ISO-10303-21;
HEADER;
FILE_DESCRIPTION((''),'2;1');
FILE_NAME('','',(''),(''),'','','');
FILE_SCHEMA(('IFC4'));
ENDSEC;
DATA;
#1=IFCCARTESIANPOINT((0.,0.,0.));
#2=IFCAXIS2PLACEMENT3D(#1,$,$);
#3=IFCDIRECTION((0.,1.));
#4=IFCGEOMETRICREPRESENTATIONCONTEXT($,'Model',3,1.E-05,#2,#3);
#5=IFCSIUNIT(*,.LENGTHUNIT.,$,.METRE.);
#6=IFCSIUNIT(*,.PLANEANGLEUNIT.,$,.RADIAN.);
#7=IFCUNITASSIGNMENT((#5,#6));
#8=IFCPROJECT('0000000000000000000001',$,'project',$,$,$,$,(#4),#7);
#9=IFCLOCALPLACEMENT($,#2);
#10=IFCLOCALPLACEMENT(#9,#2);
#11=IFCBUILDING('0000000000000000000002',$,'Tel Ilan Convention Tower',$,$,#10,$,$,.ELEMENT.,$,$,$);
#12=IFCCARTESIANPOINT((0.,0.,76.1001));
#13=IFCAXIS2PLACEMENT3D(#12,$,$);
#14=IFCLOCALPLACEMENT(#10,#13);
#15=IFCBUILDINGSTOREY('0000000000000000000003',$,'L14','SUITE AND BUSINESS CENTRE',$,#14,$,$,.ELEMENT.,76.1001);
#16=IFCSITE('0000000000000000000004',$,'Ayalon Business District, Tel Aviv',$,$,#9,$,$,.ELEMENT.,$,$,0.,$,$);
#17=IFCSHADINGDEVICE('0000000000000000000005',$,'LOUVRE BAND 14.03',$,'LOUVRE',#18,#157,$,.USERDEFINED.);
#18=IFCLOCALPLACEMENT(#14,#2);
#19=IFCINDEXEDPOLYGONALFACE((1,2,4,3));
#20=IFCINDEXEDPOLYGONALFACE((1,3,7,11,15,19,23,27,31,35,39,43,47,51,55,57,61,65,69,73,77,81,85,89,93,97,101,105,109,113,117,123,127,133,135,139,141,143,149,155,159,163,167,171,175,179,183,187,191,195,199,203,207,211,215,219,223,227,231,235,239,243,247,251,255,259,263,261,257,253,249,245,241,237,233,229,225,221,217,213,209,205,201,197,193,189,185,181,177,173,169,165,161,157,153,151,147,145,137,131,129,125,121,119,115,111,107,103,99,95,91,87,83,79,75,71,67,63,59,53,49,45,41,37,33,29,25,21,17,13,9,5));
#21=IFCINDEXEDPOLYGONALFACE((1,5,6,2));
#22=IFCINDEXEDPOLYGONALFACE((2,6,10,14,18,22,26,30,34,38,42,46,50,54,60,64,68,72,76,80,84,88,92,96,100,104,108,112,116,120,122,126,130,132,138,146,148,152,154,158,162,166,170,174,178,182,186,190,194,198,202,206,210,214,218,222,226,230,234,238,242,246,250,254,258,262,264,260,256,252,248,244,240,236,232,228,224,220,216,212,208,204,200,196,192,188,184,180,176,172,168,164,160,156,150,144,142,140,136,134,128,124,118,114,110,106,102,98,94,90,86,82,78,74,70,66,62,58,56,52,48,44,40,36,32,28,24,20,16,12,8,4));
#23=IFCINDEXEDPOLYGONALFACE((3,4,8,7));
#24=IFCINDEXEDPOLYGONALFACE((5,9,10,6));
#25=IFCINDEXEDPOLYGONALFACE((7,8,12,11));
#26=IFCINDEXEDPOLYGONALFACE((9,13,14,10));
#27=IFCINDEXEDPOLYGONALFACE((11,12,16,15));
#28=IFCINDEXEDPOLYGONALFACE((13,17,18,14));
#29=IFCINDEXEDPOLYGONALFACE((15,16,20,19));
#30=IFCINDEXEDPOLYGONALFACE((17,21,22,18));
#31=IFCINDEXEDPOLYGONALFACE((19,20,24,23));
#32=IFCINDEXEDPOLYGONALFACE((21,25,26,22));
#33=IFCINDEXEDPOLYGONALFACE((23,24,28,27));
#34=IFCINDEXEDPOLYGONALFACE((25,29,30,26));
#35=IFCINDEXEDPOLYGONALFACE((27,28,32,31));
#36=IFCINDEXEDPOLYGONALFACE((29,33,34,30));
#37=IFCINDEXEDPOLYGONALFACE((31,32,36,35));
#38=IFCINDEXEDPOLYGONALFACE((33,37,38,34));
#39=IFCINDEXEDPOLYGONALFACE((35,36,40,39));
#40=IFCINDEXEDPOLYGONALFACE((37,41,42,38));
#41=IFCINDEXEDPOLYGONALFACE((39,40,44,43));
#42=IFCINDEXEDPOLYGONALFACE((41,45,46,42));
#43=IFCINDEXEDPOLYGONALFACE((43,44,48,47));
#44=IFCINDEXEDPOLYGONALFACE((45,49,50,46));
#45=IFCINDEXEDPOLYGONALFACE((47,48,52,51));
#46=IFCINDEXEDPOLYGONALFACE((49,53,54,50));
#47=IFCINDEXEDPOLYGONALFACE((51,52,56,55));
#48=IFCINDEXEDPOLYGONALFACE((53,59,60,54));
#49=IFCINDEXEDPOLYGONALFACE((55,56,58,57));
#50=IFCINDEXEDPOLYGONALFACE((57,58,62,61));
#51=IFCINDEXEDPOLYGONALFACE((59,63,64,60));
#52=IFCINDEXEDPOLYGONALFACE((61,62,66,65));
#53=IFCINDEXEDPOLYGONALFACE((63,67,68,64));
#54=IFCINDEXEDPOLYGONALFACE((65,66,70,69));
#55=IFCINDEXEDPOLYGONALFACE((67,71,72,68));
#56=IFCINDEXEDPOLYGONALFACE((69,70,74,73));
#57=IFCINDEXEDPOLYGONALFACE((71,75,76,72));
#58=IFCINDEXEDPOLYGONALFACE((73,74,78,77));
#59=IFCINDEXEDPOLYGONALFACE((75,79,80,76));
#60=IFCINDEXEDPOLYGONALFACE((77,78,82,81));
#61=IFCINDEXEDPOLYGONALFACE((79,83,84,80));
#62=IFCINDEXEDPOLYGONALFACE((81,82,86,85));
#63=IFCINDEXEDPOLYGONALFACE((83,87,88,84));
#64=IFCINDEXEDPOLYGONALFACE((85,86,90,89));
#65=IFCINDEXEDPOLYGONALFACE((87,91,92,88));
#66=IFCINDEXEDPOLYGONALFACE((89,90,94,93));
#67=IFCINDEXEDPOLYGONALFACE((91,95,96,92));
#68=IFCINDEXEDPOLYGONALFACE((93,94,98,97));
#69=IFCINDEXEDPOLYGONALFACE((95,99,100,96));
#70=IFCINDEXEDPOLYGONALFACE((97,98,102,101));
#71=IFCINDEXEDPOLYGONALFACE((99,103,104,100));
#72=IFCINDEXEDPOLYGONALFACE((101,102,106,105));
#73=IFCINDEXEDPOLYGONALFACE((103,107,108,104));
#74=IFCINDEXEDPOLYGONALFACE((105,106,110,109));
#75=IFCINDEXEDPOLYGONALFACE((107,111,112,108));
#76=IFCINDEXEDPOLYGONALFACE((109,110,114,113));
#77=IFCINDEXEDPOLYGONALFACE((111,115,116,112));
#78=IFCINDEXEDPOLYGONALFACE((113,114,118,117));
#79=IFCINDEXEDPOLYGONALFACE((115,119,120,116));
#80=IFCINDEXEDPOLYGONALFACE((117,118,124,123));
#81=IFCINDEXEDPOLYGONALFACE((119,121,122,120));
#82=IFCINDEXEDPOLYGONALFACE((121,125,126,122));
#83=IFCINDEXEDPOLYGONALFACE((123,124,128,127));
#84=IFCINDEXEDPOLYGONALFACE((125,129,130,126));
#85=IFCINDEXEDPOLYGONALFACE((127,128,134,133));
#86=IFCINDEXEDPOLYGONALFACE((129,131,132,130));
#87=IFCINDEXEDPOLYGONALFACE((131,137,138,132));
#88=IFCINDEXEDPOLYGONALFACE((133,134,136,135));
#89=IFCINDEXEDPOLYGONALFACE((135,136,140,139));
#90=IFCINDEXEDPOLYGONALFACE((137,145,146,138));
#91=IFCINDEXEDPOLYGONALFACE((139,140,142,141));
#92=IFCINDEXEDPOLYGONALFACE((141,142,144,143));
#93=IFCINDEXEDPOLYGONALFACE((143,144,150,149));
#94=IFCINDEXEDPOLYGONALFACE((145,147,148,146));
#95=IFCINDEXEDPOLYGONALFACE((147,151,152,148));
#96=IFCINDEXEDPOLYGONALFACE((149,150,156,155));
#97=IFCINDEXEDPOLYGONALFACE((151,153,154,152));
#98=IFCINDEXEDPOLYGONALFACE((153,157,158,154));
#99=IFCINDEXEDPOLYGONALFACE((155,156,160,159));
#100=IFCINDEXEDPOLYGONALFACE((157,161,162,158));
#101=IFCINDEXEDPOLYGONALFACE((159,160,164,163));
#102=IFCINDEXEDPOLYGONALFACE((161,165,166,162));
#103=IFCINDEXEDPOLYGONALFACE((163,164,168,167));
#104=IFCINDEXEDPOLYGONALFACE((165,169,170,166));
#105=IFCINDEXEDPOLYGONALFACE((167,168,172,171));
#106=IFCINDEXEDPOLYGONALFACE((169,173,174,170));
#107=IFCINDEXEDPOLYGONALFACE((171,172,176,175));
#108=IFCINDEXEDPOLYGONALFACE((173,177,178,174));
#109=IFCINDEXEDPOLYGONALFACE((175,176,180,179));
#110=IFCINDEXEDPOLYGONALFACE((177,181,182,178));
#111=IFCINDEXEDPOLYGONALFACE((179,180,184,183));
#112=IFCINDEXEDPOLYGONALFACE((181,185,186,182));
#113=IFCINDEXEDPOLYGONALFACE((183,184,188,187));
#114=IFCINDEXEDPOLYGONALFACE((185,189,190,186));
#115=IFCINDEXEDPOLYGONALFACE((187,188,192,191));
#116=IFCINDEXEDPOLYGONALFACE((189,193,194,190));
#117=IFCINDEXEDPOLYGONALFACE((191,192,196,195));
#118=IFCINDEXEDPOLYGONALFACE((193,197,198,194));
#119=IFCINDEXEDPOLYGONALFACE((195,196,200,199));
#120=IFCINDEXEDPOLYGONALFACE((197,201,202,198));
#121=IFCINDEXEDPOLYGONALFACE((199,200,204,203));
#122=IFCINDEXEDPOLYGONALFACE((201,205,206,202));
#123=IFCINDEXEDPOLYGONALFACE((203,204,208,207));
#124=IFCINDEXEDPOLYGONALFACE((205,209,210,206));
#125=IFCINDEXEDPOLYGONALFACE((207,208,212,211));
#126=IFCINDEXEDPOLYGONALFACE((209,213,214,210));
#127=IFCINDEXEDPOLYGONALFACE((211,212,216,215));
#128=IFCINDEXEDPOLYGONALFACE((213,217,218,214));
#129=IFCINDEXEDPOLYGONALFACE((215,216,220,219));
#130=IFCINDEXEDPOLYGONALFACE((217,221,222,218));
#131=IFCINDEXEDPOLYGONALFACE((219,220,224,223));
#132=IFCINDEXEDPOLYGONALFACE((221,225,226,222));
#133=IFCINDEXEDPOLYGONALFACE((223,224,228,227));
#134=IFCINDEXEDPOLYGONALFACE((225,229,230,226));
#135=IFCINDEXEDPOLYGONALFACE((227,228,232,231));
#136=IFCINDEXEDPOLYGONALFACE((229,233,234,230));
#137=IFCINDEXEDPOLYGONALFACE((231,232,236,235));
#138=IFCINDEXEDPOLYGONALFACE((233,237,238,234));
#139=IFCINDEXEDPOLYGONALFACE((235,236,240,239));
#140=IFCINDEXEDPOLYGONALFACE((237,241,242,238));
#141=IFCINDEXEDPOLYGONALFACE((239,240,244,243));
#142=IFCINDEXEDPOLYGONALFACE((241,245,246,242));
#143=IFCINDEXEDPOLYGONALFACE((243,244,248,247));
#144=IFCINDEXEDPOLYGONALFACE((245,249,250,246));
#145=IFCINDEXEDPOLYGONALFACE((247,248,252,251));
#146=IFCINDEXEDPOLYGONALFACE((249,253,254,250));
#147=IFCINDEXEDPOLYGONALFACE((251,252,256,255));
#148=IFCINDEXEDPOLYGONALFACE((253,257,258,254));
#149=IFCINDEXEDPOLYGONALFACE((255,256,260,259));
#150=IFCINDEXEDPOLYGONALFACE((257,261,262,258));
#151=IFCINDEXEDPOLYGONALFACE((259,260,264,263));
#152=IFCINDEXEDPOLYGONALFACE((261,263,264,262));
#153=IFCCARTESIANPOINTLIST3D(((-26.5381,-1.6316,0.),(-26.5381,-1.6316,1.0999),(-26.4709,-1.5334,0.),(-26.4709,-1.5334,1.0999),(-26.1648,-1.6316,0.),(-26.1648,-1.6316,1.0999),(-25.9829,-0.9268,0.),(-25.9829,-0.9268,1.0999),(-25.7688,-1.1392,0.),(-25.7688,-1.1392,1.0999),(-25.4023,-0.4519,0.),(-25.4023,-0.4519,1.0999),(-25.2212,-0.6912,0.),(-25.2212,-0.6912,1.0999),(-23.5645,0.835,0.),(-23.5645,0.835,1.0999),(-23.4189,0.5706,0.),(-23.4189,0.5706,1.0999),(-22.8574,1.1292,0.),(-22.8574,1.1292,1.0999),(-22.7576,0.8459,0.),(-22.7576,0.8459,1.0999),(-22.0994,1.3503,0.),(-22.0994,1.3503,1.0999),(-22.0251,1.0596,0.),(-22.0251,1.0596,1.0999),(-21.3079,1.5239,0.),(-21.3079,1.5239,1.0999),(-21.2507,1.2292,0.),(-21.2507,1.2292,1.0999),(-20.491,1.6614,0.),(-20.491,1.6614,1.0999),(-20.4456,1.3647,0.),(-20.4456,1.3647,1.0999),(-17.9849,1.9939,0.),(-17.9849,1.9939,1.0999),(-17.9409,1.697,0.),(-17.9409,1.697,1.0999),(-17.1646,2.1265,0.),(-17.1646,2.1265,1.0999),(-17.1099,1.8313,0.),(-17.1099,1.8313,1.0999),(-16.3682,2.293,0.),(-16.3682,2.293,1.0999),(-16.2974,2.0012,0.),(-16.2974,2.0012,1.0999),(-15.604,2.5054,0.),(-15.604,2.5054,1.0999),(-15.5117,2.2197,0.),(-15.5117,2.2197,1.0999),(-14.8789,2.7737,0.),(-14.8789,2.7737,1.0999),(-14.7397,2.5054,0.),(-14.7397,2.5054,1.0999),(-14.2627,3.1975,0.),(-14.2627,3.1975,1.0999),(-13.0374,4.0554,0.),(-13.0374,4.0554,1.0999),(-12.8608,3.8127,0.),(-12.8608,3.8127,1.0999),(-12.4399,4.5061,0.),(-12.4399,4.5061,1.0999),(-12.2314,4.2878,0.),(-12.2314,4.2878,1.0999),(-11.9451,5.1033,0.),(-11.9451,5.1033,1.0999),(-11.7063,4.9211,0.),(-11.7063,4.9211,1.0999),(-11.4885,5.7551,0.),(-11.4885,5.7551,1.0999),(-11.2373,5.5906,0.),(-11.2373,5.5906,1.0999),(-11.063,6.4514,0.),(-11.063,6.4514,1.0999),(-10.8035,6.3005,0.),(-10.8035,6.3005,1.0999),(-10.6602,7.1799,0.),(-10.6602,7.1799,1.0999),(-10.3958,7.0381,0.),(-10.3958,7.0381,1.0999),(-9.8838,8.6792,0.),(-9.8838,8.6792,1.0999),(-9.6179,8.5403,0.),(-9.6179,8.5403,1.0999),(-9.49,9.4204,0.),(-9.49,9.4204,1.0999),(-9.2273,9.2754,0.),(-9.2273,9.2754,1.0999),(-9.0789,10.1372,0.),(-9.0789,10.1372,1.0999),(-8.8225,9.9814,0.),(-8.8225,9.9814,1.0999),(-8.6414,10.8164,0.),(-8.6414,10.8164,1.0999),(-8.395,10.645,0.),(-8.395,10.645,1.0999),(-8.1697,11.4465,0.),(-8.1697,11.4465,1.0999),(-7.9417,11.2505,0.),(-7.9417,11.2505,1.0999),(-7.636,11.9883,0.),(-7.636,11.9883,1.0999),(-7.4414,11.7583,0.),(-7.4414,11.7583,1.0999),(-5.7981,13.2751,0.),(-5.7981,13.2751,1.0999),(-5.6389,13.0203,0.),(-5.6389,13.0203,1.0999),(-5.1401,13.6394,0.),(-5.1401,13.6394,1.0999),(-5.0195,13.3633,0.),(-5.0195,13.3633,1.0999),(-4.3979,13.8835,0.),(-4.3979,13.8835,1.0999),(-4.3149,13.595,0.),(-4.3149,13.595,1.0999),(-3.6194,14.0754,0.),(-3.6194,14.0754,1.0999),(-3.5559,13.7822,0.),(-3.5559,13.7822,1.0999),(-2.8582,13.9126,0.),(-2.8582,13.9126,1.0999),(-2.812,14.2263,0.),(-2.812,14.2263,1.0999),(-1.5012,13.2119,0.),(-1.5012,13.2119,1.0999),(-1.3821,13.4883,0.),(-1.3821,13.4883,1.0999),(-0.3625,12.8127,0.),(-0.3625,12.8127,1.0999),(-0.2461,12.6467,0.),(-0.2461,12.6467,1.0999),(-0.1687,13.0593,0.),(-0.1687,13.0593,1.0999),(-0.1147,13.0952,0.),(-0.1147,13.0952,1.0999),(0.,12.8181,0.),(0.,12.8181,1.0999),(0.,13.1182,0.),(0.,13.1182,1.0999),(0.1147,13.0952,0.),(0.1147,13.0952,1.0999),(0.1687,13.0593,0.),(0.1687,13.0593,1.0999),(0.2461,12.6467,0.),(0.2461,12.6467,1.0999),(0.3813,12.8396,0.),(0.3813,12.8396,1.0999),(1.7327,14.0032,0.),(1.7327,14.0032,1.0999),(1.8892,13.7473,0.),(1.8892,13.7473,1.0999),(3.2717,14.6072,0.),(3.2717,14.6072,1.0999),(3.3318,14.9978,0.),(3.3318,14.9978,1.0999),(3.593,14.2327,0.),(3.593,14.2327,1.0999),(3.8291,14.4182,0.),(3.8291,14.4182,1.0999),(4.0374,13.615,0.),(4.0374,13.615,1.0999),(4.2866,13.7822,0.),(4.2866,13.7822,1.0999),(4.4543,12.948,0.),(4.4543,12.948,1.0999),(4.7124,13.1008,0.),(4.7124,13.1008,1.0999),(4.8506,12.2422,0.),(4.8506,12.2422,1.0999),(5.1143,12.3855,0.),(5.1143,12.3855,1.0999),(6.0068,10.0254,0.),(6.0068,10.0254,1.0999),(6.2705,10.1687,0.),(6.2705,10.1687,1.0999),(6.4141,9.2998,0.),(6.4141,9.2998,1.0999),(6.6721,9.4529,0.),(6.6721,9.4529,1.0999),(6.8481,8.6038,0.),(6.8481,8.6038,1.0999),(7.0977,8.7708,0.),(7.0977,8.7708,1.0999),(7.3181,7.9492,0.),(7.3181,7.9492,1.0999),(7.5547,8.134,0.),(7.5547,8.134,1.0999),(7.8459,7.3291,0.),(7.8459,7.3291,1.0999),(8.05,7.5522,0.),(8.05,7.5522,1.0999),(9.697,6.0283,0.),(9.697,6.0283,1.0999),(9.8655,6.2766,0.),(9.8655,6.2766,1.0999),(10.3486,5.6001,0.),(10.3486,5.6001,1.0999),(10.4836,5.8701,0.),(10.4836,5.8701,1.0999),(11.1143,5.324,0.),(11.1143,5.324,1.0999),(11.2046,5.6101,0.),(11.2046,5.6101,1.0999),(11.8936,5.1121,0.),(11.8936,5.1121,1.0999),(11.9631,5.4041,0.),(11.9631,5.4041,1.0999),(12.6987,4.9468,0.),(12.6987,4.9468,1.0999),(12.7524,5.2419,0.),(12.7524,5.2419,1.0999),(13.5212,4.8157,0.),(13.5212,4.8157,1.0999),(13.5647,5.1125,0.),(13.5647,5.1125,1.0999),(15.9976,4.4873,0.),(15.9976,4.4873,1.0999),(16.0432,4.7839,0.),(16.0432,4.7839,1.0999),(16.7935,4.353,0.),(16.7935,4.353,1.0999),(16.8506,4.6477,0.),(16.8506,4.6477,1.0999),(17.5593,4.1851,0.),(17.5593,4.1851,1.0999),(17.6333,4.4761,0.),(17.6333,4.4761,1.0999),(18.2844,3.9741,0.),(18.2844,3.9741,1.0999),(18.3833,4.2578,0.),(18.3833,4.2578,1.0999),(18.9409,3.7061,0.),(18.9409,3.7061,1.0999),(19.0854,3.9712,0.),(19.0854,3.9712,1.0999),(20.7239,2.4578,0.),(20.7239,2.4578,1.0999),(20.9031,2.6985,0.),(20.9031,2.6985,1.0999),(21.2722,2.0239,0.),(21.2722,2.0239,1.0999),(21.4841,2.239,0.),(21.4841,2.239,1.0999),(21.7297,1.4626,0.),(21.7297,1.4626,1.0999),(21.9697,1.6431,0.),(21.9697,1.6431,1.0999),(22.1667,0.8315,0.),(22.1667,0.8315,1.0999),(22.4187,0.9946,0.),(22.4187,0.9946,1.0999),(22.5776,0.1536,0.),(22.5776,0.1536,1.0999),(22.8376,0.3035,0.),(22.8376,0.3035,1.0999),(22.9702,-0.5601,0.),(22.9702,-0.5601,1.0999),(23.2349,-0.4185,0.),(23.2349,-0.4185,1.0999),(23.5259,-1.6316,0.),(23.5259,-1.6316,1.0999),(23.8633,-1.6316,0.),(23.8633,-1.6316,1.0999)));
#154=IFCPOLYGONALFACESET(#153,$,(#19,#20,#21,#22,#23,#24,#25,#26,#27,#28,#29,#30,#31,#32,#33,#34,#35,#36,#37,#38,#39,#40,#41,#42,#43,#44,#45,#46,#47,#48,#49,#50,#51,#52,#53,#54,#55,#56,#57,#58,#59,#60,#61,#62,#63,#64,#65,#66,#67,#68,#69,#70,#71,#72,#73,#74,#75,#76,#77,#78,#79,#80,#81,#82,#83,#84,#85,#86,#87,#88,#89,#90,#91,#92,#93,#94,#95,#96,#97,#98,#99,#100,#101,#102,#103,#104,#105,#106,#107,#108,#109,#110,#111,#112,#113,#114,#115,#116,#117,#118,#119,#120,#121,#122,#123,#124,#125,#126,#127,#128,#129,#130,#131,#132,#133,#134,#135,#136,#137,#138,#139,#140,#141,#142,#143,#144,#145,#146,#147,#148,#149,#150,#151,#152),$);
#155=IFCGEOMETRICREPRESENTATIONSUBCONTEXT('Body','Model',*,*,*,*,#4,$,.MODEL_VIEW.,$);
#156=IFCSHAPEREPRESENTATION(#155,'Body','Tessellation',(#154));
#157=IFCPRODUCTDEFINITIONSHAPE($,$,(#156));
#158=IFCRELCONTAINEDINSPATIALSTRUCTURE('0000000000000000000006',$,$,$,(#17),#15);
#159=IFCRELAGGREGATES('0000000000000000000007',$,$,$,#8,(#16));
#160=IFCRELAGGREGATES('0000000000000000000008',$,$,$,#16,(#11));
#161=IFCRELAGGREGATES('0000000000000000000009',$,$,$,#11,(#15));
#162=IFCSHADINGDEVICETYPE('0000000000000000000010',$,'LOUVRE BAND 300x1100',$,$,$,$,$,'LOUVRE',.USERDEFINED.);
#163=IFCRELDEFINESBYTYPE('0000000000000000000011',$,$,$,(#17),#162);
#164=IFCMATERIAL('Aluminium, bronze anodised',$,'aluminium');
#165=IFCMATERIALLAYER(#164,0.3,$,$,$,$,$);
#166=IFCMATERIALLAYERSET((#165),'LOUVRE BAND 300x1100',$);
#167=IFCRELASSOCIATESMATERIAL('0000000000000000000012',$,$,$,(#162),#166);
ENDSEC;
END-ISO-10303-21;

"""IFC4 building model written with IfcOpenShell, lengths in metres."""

from ifc_helpers import new_model, si_unit, direction, frame, origin, place, context, subcontext, project, spatial, polyline, outline, extrude, material, layer, layer_set, type_object, element, save


model = new_model("IFC4")

# Units and contexts
model_context = context("Model", 3, precision=1e-05, world=origin(), true_north=direction((0.0, 1.0)))
body_context = subcontext(model_context, "Body", "Model", "MODEL_VIEW")
ifc_project = project(units=[si_unit("LENGTHUNIT", "METRE"), si_unit("PLANEANGLEUNIT", "RADIAN")], contexts=[model_context])

# Site, building, storey
site_placement = place(None, origin())
site = spatial("IfcSite", under=ifc_project, at=site_placement, Name="Ayalon Business District, Tel Aviv", CompositionType="ELEMENT", RefElevation=0.0)
building_placement = place(site_placement, origin())
building = spatial("IfcBuilding", under=site, at=building_placement, Name="Tel Ilan Convention Tower", CompositionType="ELEMENT")
storey_placement = place(building_placement, frame((0.0, 0.0, 76.1001)))
storey = spatial("IfcBuildingStorey", under=building, at=storey_placement, Name="L14", Description="SUITE AND BUSINESS CENTRE", CompositionType="ELEMENT", Elevation=76.1001)

# Shading device
ifc_material_1 = material(Name="Aluminium, bronze anodised", Category="aluminium")
ifc_layer_1 = layer(ifc_material_1, 0.3)
ifc_layer_set_1 = layer_set([ifc_layer_1], Name="LOUVRE BAND 300x1100")
shading_device_type = type_object("IfcShadingDeviceType", Name="LOUVRE BAND 300x1100", ElementType="LOUVRE", PredefinedType="USERDEFINED", material=ifc_layer_set_1)
shading_device_1_placement = place(storey_placement, origin())
element("IfcShadingDevice", 1, at=shading_device_1_placement, inside=storey, type_object=shading_device_type, Name="LOUVRE BAND 14.03", ObjectType="LOUVRE", PredefinedType="USERDEFINED", context=body_context, shape_type="SweptSolid", body=[
    extrude(outline(polyline([(-25.9829, -0.9268), (-26.4709, -1.5334), (-26.5381, -1.6316), (-26.1648, -1.6316), (-25.7688, -1.1392), (-25.2212, -0.6912), (-23.4189, 0.5706), (-22.7576, 0.8459), (-22.0251, 1.0596), (-21.2507, 1.2292), (-20.4456, 1.3647), (-17.9409, 1.697), (-17.1099, 1.8313), (-16.2974, 2.0012), (-15.5117, 2.2197), (-14.7397, 2.5054), (-12.8608, 3.8127), (-12.2314, 4.2878), (-11.7063, 4.9211), (-11.2373, 5.5906), (-10.8035, 6.3005), (-10.3958, 7.0381), (-9.6179, 8.5403), (-9.2273, 9.2754), (-8.8225, 9.9814), (-8.395, 10.645), (-7.9417, 11.2505), (-7.4414, 11.7583), (-5.6389, 13.0203), (-5.0195, 13.3633), (-4.3149, 13.595), (-3.5559, 13.7822), (-2.8582, 13.9126), (-1.5012, 13.2119), (-0.3625, 12.8127), (-0.2461, 12.6467), (0.0, 12.8181), (0.2461, 12.6467), (0.3813, 12.8396), (1.8892, 13.7473), (3.2717, 14.6072), (3.593, 14.2327), (4.0374, 13.615), (4.4543, 12.948), (4.8506, 12.2422), (6.0068, 10.0254), (6.4141, 9.2998), (6.8481, 8.6038), (7.3181, 7.9492), (7.8459, 7.3291), (9.697, 6.0283), (10.3486, 5.6001), (11.1143, 5.324), (11.8936, 5.1121), (12.6987, 4.9468), (13.5212, 4.8157), (15.9976, 4.4873), (16.7935, 4.353), (17.5593, 4.1851), (18.2844, 3.9741), (18.9409, 3.7061), (20.7239, 2.4578), (21.2722, 2.0239), (21.7297, 1.4626), (22.1667, 0.8315), (22.5776, 0.1536), (22.9702, -0.5601), (23.5259, -1.6316), (23.8633, -1.6316), (23.2349, -0.4185), (22.8376, 0.3035), (22.4187, 0.9946), (21.9697, 1.6431), (21.4841, 2.239), (20.9031, 2.6985), (19.0854, 3.9712), (18.3833, 4.2578), (17.6333, 4.4761), (16.8506, 4.6477), (16.0432, 4.7839), (13.5647, 5.1125), (12.7524, 5.2419), (11.9631, 5.4041), (11.2046, 5.6101), (10.4836, 5.8701), (9.8655, 6.2766), (8.05, 7.5522), (7.5547, 8.134), (7.0977, 8.7708), (6.6721, 9.4529), (6.2705, 10.1687), (5.1143, 12.3855), (4.7124, 13.1008), (4.2866, 13.7822), (3.8291, 14.4182), (3.3318, 14.9978), (1.7327, 14.0032), (0.1687, 13.0593), (0.1147, 13.0952), (0.0, 13.1182), (-0.1147, 13.0952), (-0.1687, 13.0593), (-1.3821, 13.4883), (-2.812, 14.2263), (-3.6194, 14.0754), (-4.3979, 13.8835), (-5.1401, 13.6394), (-5.7981, 13.2751), (-7.636, 11.9883), (-8.1697, 11.4465), (-8.6414, 10.8164), (-9.0789, 10.1372), (-9.49, 9.4204), (-9.8838, 8.6792), (-10.6602, 7.1799), (-11.063, 6.4514), (-11.4885, 5.7551), (-11.9451, 5.1033), (-12.4399, 4.5061), (-13.0374, 4.0554), (-14.2627, 3.1975), (-14.8789, 2.7737), (-15.604, 2.5054), (-16.3682, 2.293), (-17.1646, 2.1265), (-17.9849, 1.9939), (-20.491, 1.6614), (-21.3079, 1.5239), (-22.0994, 1.3503), (-22.8574, 1.1292), (-23.5645, 0.835), (-25.4023, -0.4519), (-25.9829, -0.9268)])), origin(), (0.0, 0.0, 1.0), 1.0999),
])

save(model, "model.ifc")
